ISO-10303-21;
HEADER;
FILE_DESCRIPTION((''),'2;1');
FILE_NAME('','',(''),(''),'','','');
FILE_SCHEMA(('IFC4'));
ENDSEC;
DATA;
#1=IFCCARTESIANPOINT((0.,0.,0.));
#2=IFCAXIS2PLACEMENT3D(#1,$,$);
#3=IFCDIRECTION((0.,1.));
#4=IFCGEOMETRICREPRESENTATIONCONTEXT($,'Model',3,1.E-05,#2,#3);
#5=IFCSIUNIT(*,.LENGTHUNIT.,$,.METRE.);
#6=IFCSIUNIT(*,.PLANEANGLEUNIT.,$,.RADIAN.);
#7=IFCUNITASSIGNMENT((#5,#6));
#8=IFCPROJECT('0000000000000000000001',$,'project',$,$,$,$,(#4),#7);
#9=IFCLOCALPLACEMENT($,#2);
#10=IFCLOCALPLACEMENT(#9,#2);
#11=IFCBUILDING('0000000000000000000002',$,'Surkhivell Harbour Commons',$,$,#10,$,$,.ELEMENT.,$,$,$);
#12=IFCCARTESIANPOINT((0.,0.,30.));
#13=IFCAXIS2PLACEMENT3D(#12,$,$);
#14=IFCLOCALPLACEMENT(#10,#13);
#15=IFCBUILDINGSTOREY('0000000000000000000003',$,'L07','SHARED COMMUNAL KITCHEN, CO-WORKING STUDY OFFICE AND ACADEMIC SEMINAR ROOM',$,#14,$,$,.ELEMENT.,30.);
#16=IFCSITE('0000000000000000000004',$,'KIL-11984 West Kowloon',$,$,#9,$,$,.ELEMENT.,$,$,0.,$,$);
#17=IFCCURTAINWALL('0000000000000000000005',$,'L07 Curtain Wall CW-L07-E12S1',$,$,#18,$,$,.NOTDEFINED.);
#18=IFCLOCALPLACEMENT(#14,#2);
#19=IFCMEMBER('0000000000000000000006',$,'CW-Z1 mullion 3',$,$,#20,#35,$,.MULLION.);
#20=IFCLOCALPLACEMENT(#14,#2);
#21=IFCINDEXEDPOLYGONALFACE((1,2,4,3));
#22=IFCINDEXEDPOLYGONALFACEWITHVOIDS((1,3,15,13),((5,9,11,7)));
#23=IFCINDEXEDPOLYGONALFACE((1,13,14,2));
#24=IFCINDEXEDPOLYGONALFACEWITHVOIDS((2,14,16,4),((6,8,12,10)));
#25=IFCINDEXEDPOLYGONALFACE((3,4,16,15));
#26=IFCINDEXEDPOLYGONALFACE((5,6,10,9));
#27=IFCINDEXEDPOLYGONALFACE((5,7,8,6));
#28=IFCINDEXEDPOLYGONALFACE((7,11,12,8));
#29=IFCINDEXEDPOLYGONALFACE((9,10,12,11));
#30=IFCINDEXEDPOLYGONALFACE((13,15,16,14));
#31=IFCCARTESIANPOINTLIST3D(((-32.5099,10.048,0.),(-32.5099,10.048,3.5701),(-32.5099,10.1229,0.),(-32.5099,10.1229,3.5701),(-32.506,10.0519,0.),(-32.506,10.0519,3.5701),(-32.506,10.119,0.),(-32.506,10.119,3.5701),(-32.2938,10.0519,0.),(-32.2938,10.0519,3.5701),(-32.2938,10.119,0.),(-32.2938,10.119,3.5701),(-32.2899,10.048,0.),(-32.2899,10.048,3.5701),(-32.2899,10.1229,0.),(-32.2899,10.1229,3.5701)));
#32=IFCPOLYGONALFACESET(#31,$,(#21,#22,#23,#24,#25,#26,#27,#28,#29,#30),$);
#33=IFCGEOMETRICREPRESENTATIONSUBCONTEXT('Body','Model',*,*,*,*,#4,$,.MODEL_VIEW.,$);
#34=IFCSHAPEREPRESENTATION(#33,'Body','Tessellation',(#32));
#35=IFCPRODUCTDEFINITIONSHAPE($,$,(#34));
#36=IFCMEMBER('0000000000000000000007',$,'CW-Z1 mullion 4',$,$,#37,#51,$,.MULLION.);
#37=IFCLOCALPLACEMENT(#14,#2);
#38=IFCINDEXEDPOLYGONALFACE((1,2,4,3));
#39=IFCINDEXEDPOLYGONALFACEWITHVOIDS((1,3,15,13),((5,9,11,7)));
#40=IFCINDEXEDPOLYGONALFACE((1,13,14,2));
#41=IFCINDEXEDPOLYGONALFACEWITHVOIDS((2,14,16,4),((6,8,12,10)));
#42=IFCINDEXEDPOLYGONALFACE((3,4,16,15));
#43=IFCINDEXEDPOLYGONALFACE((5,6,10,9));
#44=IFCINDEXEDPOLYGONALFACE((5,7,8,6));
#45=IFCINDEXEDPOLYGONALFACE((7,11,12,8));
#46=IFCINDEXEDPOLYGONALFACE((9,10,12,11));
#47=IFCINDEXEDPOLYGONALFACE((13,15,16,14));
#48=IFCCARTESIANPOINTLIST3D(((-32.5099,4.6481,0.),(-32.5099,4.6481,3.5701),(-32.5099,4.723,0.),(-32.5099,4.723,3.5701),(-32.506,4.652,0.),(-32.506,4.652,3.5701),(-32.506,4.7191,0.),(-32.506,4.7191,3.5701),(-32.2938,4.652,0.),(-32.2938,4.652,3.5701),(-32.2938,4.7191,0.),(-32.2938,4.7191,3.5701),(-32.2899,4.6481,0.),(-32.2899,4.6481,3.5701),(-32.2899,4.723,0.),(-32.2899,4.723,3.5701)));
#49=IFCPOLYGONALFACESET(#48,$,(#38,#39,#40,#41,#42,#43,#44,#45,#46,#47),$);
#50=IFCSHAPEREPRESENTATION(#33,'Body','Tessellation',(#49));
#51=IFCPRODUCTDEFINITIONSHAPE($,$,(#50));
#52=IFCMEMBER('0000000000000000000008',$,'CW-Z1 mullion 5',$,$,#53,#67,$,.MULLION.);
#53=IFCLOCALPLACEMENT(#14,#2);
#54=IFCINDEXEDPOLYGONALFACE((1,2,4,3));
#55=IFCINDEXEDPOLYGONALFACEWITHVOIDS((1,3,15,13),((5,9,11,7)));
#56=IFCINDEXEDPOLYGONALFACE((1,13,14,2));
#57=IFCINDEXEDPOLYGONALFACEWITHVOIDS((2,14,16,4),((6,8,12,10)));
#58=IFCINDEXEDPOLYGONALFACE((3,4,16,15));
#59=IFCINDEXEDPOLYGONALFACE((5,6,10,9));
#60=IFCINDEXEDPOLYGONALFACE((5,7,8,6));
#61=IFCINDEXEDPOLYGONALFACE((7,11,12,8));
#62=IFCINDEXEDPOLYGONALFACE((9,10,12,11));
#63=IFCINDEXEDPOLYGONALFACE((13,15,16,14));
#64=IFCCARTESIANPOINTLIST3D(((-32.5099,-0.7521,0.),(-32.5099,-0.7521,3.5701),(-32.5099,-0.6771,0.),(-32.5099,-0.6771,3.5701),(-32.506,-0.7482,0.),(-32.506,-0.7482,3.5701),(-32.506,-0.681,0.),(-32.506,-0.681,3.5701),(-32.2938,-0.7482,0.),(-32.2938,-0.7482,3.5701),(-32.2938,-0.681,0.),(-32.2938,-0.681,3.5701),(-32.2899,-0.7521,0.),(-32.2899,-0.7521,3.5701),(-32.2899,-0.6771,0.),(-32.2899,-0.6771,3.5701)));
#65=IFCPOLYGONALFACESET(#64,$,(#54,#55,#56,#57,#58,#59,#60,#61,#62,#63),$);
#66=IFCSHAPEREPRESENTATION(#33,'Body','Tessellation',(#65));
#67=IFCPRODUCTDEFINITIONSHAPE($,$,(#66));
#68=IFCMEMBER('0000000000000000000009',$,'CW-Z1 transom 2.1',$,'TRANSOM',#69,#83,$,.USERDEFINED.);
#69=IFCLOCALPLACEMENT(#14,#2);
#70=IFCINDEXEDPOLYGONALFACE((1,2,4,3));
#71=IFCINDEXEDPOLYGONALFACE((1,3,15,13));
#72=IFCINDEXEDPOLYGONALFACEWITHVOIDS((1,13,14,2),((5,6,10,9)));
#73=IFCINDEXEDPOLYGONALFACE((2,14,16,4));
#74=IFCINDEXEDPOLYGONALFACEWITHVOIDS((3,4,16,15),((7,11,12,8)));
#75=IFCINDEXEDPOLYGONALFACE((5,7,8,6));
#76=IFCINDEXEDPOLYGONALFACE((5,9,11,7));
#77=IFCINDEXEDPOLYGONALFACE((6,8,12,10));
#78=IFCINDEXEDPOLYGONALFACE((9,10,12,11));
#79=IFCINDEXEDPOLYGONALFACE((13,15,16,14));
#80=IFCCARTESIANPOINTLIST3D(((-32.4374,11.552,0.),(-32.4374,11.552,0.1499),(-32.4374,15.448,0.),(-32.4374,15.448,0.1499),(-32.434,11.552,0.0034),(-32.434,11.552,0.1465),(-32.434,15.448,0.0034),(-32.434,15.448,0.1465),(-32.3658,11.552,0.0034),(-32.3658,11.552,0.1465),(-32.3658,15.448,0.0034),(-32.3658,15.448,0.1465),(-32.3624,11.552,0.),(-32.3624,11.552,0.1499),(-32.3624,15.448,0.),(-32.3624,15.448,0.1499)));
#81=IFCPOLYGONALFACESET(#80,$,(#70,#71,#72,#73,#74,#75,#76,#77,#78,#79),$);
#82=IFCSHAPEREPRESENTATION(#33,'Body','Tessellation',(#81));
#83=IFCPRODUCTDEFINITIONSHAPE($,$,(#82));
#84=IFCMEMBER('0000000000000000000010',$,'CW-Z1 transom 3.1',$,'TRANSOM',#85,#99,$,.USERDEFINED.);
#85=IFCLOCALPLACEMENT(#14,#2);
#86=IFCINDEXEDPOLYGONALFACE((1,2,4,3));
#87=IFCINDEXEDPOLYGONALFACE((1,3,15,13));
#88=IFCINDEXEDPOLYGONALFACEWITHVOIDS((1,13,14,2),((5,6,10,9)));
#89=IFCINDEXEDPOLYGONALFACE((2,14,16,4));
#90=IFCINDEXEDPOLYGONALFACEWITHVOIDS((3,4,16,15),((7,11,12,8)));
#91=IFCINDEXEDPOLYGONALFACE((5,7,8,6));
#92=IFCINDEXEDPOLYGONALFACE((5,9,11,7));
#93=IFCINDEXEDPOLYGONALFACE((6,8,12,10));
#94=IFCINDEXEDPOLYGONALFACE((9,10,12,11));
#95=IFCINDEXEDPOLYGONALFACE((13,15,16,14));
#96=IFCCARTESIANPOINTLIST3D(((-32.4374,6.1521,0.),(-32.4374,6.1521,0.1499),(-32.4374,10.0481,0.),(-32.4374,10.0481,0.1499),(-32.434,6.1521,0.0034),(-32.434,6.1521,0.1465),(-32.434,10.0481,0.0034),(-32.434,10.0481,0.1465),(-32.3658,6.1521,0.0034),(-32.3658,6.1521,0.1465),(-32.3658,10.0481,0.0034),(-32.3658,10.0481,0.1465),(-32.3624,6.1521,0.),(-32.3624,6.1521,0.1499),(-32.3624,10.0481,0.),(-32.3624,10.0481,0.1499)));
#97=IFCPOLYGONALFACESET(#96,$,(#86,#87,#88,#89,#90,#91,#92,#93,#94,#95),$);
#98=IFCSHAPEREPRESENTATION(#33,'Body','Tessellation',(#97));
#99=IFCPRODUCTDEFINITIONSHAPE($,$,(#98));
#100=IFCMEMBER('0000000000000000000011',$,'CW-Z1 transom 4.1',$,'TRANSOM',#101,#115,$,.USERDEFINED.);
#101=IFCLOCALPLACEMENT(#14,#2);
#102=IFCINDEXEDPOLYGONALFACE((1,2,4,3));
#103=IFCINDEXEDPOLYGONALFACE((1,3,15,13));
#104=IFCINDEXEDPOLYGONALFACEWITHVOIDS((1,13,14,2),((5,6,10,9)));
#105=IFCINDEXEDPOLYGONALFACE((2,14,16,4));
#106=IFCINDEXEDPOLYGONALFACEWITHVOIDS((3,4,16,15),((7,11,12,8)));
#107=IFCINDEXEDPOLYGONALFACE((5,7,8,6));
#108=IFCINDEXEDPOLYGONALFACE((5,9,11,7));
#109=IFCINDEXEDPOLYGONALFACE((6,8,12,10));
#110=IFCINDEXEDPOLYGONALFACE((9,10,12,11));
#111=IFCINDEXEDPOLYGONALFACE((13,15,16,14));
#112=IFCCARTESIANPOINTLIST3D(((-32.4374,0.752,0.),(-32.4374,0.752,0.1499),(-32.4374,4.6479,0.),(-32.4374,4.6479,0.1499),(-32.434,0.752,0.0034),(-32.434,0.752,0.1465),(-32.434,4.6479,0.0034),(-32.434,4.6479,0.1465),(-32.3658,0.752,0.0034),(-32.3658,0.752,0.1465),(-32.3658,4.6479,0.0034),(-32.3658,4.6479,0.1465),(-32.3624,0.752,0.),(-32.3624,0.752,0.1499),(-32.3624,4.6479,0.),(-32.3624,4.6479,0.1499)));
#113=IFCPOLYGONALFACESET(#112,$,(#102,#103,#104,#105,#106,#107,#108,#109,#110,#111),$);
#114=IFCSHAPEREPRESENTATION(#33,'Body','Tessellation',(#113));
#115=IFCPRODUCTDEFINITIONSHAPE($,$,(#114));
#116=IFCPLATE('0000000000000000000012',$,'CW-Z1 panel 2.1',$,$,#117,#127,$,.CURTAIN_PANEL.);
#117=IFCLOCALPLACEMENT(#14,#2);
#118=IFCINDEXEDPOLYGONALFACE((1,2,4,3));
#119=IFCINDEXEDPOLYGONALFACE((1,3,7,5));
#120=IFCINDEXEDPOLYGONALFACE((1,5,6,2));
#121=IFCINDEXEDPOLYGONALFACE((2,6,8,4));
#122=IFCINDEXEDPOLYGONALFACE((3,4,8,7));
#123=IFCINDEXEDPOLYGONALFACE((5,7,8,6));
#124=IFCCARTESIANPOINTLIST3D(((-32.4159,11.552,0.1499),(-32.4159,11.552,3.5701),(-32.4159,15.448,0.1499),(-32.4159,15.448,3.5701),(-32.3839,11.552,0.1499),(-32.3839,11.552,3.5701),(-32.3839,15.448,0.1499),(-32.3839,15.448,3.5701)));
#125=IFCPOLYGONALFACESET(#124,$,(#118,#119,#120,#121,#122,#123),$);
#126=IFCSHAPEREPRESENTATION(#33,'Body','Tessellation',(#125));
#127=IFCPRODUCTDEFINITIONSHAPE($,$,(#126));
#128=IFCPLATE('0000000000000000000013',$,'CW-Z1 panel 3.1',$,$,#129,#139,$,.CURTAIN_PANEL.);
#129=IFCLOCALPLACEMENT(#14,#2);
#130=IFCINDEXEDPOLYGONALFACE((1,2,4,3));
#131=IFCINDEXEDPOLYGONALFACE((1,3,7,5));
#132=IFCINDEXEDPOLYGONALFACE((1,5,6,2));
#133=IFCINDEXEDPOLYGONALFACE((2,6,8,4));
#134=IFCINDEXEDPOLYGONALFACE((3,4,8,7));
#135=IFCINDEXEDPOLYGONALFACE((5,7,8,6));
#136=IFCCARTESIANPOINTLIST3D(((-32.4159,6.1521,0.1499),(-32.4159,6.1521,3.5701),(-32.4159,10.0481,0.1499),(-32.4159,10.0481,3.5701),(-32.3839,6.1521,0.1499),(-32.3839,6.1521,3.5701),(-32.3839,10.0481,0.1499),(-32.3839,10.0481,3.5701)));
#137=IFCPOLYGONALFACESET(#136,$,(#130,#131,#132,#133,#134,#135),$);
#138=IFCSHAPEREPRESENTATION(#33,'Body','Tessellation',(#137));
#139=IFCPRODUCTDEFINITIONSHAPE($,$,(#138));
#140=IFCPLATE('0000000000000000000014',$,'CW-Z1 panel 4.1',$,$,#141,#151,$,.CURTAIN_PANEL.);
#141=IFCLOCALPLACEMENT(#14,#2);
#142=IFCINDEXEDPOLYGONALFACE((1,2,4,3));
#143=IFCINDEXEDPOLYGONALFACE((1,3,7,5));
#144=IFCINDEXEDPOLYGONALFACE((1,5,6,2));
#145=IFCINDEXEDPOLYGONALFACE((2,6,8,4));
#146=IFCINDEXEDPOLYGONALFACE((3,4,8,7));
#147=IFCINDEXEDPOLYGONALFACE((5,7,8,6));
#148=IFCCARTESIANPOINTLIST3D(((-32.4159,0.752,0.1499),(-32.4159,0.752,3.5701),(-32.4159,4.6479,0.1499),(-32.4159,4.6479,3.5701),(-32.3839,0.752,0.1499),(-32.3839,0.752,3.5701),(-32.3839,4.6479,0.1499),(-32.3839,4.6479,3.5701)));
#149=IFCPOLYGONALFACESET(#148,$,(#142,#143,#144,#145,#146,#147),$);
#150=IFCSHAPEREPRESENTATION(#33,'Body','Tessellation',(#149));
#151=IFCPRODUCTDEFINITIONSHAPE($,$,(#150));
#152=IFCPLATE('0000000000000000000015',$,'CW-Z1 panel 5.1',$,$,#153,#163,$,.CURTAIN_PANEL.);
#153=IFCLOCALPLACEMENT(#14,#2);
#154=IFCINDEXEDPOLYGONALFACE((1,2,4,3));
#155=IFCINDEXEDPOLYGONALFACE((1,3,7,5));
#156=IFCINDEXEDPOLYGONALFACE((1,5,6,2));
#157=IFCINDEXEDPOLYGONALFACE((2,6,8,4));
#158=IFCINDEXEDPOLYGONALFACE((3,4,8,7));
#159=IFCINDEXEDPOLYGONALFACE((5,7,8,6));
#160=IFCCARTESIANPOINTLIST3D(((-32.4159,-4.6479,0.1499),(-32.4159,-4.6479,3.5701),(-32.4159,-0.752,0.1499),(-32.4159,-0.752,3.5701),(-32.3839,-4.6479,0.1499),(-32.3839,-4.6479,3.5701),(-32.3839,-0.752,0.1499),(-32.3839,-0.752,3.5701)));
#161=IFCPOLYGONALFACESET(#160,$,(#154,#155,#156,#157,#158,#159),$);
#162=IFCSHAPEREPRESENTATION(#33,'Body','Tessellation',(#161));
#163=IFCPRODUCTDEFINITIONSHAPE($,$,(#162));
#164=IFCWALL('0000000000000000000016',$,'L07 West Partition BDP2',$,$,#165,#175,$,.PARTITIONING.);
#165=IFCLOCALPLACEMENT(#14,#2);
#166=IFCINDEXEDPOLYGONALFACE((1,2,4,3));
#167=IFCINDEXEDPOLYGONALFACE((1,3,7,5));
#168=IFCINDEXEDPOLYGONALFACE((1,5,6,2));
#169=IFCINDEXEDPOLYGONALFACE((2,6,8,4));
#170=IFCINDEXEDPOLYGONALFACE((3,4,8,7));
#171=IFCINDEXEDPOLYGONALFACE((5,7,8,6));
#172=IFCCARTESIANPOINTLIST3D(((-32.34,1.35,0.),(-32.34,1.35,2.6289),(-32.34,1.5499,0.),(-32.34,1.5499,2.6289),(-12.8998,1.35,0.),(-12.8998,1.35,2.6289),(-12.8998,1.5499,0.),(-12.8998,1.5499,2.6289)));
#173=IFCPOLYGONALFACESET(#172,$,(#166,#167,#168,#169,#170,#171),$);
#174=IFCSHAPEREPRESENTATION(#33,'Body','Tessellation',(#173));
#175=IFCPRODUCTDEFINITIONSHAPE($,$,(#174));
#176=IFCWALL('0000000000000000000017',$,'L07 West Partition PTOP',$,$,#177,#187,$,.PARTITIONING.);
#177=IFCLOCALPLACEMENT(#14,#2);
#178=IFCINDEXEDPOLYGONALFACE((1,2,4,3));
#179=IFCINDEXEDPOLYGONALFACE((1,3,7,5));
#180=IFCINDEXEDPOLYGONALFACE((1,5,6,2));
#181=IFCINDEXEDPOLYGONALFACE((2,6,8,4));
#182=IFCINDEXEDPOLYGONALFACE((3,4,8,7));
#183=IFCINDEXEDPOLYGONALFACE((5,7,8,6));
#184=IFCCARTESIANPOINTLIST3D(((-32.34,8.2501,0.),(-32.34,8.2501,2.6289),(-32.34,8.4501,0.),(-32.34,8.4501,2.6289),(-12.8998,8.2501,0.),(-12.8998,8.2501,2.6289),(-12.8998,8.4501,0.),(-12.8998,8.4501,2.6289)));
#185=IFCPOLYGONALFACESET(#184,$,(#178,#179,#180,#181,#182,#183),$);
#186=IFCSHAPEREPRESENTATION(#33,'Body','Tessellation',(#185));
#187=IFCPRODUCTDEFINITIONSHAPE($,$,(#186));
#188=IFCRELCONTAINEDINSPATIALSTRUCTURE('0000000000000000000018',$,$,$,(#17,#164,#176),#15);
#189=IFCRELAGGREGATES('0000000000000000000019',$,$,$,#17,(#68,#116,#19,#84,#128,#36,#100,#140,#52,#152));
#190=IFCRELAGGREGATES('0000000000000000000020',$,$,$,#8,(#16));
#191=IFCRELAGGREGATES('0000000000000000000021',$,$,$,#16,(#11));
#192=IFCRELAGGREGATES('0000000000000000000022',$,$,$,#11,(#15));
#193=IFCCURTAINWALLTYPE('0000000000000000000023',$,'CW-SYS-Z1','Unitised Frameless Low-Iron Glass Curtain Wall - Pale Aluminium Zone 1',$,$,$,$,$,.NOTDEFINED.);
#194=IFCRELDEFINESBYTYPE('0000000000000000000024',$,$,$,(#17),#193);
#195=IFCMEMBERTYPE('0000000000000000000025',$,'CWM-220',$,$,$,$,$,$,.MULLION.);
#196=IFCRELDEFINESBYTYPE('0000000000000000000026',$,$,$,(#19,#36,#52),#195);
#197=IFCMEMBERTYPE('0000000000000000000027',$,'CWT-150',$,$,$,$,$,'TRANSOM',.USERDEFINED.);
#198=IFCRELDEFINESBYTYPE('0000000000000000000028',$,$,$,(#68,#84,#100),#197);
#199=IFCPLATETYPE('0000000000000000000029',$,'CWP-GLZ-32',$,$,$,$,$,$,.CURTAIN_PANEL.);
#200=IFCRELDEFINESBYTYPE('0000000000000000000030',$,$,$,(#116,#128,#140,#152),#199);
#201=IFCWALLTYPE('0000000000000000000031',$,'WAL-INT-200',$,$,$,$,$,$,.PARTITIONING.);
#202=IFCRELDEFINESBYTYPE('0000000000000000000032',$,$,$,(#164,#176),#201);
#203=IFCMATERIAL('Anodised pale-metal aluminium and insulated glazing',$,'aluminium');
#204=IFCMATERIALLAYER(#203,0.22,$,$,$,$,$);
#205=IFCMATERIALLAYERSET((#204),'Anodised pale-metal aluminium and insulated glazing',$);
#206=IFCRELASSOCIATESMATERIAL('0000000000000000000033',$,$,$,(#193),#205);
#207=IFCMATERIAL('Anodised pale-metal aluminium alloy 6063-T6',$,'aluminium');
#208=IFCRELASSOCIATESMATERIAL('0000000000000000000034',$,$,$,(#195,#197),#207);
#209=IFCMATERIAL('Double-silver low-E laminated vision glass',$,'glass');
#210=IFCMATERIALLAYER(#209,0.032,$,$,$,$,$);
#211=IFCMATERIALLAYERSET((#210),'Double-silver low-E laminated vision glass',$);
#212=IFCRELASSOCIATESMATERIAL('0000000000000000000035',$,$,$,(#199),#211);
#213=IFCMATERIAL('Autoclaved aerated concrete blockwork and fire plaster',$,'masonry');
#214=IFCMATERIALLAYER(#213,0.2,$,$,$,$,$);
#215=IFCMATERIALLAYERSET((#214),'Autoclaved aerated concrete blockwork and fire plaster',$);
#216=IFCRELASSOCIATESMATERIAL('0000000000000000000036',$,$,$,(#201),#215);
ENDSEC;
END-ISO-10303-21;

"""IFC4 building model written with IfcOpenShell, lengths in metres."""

from ifc_helpers import new_model, si_unit, direction, frame, frame_2d, origin, origin_2d, place, context, subcontext, project, spatial, rectangle, hollow_rectangle, extrude, material, layer, layer_set, material_profile, profile_set, type_object, element, aggregate, save


model = new_model("IFC4")

# Units and contexts
model_context = context("Model", 3, precision=1e-05, world=origin(), true_north=direction((0.0, 1.0)))
body_context = subcontext(model_context, "Body", "Model", "MODEL_VIEW")
ifc_project = project(units=[si_unit("LENGTHUNIT", "METRE"), si_unit("PLANEANGLEUNIT", "RADIAN")], contexts=[model_context])

# Site, building, storey
site_placement = place(None, origin())
site = spatial("IfcSite", under=ifc_project, at=site_placement, Name="KIL-11984 West Kowloon", CompositionType="ELEMENT", RefElevation=0.0)
building_placement = place(site_placement, origin())
building = spatial("IfcBuilding", under=site, at=building_placement, Name="Surkhivell Harbour Commons", CompositionType="ELEMENT")
storey_placement = place(building_placement, frame((0.0, 0.0, 30.0)))
storey = spatial("IfcBuildingStorey", under=building, at=storey_placement, Name="L07", Description="SHARED COMMUNAL KITCHEN, CO-WORKING STUDY OFFICE AND ACADEMIC SEMINAR ROOM", CompositionType="ELEMENT", Elevation=30.0)

# Curtain wall, members, plates
ifc_material_1 = material(Name="Anodised pale-metal aluminium and insulated glazing", Category="aluminium")
ifc_layer_1 = layer(ifc_material_1, 0.22)
ifc_layer_set_1 = layer_set([ifc_layer_1], Name="Anodised pale-metal aluminium and insulated glazing")
curtain_wall_type = type_object("IfcCurtainWallType", Name="CW-SYS-Z1", Description="Unitised Frameless Low-Iron Glass Curtain Wall - Pale Aluminium Zone 1", PredefinedType="NOTDEFINED", material=ifc_layer_set_1)
curtain_wall_placement = place(storey_placement, origin())
curtain_wall = element("IfcCurtainWall", 1, at=curtain_wall_placement, inside=storey, type_object=curtain_wall_type, Name="L07 Curtain Wall CW-L07-E12S1", PredefinedType="NOTDEFINED")
ifc_material_2 = material(Name="Anodised pale-metal aluminium alloy 6063-T6", Category="aluminium")
ifc_material_profile_1 = material_profile(ifc_material_2, hollow_rectangle(XDim=0.075, YDim=0.22, WallThickness=0.0039, at=origin_2d()), Name="ALU-MULL-75x220")
ifc_profile_set_1 = profile_set([ifc_material_profile_1], Name="Anodised pale-metal aluminium alloy 6063-T6")
member_type_1 = type_object("IfcMemberType", Name="CWM-220", PredefinedType="MULLION", material=ifc_profile_set_1)
member_1_placement = place(storey_placement, frame((-32.3999, 10.0854, 0.0), z_axis=(0.0, 0.0, 1.0), x_axis=(0.0, -1.0, 0.0)))
member_1 = element("IfcMember", 2, at=member_1_placement, type_object=member_type_1, Name="CW-Z1 mullion 3", PredefinedType="MULLION", context=body_context, shape_type="SweptSolid", body=[
    extrude(hollow_rectangle(XDim=0.075, YDim=0.22, WallThickness=0.0039, at=origin_2d()), origin(), (0.0, 0.0, 1.0), 3.5701),
])
member_2_placement = place(storey_placement, frame((-32.3999, 4.6855, 0.0), z_axis=(0.0, 0.0, 1.0), x_axis=(0.0, -1.0, 0.0)))
member_2 = element("IfcMember", 3, at=member_2_placement, type_object=member_type_1, Name="CW-Z1 mullion 4", PredefinedType="MULLION", context=body_context, shape_type="SweptSolid", body=[
    extrude(hollow_rectangle(XDim=0.075, YDim=0.22, WallThickness=0.0039, at=origin_2d()), origin(), (0.0, 0.0, 1.0), 3.5701),
])
member_3_placement = place(storey_placement, frame((-32.3999, -0.7146, 0.0), z_axis=(0.0, 0.0, 1.0), x_axis=(0.0, -1.0, 0.0)))
member_3 = element("IfcMember", 4, at=member_3_placement, type_object=member_type_1, Name="CW-Z1 mullion 5", PredefinedType="MULLION", context=body_context, shape_type="SweptSolid", body=[
    extrude(hollow_rectangle(XDim=0.075, YDim=0.22, WallThickness=0.0039, at=origin_2d()), origin(), (0.0, 0.0, 1.0), 3.5701),
])
ifc_material_profile_2 = material_profile(ifc_material_2, hollow_rectangle(XDim=0.075, YDim=0.1499, WallThickness=0.0034, at=origin_2d()), Name="ALU-TRAN-75x150")
ifc_profile_set_2 = profile_set([ifc_material_profile_2], Name="Anodised pale-metal aluminium alloy 6063-T6")
member_type_2 = type_object("IfcMemberType", Name="CWT-150", ElementType="TRANSOM", PredefinedType="USERDEFINED", material=ifc_profile_set_2)
member_4_placement = place(storey_placement, frame((-32.3999, 15.448, 0.075), z_axis=(0.0, -1.0, 0.0), x_axis=(1.0, 0.0, 0.0)))
member_4 = element("IfcMember", 5, at=member_4_placement, type_object=member_type_2, Name="CW-Z1 transom 2.1", ObjectType="TRANSOM", PredefinedType="USERDEFINED", context=body_context, shape_type="SweptSolid", body=[
    extrude(hollow_rectangle(XDim=0.075, YDim=0.1499, WallThickness=0.0034, at=origin_2d()), origin(), (0.0, 0.0, 1.0), 3.896),
])
member_5_placement = place(storey_placement, frame((-32.3999, 10.0481, 0.075), z_axis=(0.0, -1.0, 0.0), x_axis=(1.0, 0.0, 0.0)))
member_5 = element("IfcMember", 6, at=member_5_placement, type_object=member_type_2, Name="CW-Z1 transom 3.1", ObjectType="TRANSOM", PredefinedType="USERDEFINED", context=body_context, shape_type="SweptSolid", body=[
    extrude(hollow_rectangle(XDim=0.075, YDim=0.1499, WallThickness=0.0034, at=origin_2d()), origin(), (0.0, 0.0, 1.0), 3.896),
])
member_6_placement = place(storey_placement, frame((-32.3999, 4.6479, 0.075), z_axis=(0.0, -1.0, 0.0), x_axis=(1.0, 0.0, 0.0)))
member_6 = element("IfcMember", 7, at=member_6_placement, type_object=member_type_2, Name="CW-Z1 transom 4.1", ObjectType="TRANSOM", PredefinedType="USERDEFINED", context=body_context, shape_type="SweptSolid", body=[
    extrude(hollow_rectangle(XDim=0.075, YDim=0.1499, WallThickness=0.0034, at=origin_2d()), origin(), (0.0, 0.0, 1.0), 3.896),
])
ifc_material_3 = material(Name="Double-silver low-E laminated vision glass", Category="glass")
ifc_layer_2 = layer(ifc_material_3, 0.032)
ifc_layer_set_2 = layer_set([ifc_layer_2], Name="Double-silver low-E laminated vision glass")
plate_type = type_object("IfcPlateType", Name="CWP-GLZ-32", PredefinedType="CURTAIN_PANEL", material=ifc_layer_set_2)
plate_1_placement = place(storey_placement, frame((-32.3999, 15.448, 0.1499), z_axis=(0.0, 0.0, 1.0), x_axis=(0.0, -1.0, 0.0)))
plate_1 = element("IfcPlate", 8, at=plate_1_placement, type_object=plate_type, Name="CW-Z1 panel 2.1", PredefinedType="CURTAIN_PANEL", context=body_context, shape_type="SweptSolid", body=[
    extrude(rectangle(XDim=3.896, YDim=0.032, at=frame_2d((1.948, 0.0))), origin(), (0.0, 0.0, 1.0), 3.4202),
])
plate_2_placement = place(storey_placement, frame((-32.3999, 10.0481, 0.1499), z_axis=(0.0, 0.0, 1.0), x_axis=(0.0, -1.0, 0.0)))
plate_2 = element("IfcPlate", 9, at=plate_2_placement, type_object=plate_type, Name="CW-Z1 panel 3.1", PredefinedType="CURTAIN_PANEL", context=body_context, shape_type="SweptSolid", body=[
    extrude(rectangle(XDim=3.896, YDim=0.032, at=frame_2d((1.948, 0.0))), origin(), (0.0, 0.0, 1.0), 3.4202),
])
plate_3_placement = place(storey_placement, frame((-32.3999, 4.6479, 0.1499), z_axis=(0.0, 0.0, 1.0), x_axis=(0.0, -1.0, 0.0)))
plate_3 = element("IfcPlate", 10, at=plate_3_placement, type_object=plate_type, Name="CW-Z1 panel 4.1", PredefinedType="CURTAIN_PANEL", context=body_context, shape_type="SweptSolid", body=[
    extrude(rectangle(XDim=3.896, YDim=0.032, at=frame_2d((1.948, 0.0))), origin(), (0.0, 0.0, 1.0), 3.4202),
])
plate_4_placement = place(storey_placement, frame((-32.3999, -0.752, 0.1499), z_axis=(0.0, 0.0, 1.0), x_axis=(0.0, -1.0, 0.0)))
plate_4 = element("IfcPlate", 11, at=plate_4_placement, type_object=plate_type, Name="CW-Z1 panel 5.1", PredefinedType="CURTAIN_PANEL", context=body_context, shape_type="SweptSolid", body=[
    extrude(rectangle(XDim=3.896, YDim=0.032, at=frame_2d((1.948, 0.0))), origin(), (0.0, 0.0, 1.0), 3.4202),
])
aggregate(curtain_wall, [member_4, plate_1, member_1, member_5, plate_2, member_2, member_6, plate_3, member_3, plate_4])

# Walls
ifc_material_4 = material(Name="Autoclaved aerated concrete blockwork and fire plaster", Category="masonry")
ifc_layer_3 = layer(ifc_material_4, 0.2)
ifc_layer_set_3 = layer_set([ifc_layer_3], Name="Autoclaved aerated concrete blockwork and fire plaster")
wall_type = type_object("IfcWallType", Name="WAL-INT-200", PredefinedType="PARTITIONING", material=ifc_layer_set_3)
for number, where, z_axis, x_axis, name in (
    (12, (-32.3401, 1.45, 0.0), (0.0, 0.0, 1.0), (1.0, 0.0, 0.0), "L07 West Partition BDP2"),
    (13, (-32.3401, 8.3501, 0.0), (0.0, 0.0, 1.0), (1.0, 0.0, 0.0), "L07 West Partition PTOP"),
):
    element("IfcWall", number, at=place(storey_placement, frame(where, z_axis=z_axis, x_axis=x_axis)), inside=storey, type_object=wall_type, Name=name, PredefinedType="PARTITIONING", context=body_context, shape_type="SweptSolid", body=[
        extrude(rectangle(XDim=19.4402, YDim=0.2, at=frame_2d((9.7202, 0.0))), origin(), (0.0, 0.0, 1.0), 2.6289),
    ])

save(model, "model.ifc")
